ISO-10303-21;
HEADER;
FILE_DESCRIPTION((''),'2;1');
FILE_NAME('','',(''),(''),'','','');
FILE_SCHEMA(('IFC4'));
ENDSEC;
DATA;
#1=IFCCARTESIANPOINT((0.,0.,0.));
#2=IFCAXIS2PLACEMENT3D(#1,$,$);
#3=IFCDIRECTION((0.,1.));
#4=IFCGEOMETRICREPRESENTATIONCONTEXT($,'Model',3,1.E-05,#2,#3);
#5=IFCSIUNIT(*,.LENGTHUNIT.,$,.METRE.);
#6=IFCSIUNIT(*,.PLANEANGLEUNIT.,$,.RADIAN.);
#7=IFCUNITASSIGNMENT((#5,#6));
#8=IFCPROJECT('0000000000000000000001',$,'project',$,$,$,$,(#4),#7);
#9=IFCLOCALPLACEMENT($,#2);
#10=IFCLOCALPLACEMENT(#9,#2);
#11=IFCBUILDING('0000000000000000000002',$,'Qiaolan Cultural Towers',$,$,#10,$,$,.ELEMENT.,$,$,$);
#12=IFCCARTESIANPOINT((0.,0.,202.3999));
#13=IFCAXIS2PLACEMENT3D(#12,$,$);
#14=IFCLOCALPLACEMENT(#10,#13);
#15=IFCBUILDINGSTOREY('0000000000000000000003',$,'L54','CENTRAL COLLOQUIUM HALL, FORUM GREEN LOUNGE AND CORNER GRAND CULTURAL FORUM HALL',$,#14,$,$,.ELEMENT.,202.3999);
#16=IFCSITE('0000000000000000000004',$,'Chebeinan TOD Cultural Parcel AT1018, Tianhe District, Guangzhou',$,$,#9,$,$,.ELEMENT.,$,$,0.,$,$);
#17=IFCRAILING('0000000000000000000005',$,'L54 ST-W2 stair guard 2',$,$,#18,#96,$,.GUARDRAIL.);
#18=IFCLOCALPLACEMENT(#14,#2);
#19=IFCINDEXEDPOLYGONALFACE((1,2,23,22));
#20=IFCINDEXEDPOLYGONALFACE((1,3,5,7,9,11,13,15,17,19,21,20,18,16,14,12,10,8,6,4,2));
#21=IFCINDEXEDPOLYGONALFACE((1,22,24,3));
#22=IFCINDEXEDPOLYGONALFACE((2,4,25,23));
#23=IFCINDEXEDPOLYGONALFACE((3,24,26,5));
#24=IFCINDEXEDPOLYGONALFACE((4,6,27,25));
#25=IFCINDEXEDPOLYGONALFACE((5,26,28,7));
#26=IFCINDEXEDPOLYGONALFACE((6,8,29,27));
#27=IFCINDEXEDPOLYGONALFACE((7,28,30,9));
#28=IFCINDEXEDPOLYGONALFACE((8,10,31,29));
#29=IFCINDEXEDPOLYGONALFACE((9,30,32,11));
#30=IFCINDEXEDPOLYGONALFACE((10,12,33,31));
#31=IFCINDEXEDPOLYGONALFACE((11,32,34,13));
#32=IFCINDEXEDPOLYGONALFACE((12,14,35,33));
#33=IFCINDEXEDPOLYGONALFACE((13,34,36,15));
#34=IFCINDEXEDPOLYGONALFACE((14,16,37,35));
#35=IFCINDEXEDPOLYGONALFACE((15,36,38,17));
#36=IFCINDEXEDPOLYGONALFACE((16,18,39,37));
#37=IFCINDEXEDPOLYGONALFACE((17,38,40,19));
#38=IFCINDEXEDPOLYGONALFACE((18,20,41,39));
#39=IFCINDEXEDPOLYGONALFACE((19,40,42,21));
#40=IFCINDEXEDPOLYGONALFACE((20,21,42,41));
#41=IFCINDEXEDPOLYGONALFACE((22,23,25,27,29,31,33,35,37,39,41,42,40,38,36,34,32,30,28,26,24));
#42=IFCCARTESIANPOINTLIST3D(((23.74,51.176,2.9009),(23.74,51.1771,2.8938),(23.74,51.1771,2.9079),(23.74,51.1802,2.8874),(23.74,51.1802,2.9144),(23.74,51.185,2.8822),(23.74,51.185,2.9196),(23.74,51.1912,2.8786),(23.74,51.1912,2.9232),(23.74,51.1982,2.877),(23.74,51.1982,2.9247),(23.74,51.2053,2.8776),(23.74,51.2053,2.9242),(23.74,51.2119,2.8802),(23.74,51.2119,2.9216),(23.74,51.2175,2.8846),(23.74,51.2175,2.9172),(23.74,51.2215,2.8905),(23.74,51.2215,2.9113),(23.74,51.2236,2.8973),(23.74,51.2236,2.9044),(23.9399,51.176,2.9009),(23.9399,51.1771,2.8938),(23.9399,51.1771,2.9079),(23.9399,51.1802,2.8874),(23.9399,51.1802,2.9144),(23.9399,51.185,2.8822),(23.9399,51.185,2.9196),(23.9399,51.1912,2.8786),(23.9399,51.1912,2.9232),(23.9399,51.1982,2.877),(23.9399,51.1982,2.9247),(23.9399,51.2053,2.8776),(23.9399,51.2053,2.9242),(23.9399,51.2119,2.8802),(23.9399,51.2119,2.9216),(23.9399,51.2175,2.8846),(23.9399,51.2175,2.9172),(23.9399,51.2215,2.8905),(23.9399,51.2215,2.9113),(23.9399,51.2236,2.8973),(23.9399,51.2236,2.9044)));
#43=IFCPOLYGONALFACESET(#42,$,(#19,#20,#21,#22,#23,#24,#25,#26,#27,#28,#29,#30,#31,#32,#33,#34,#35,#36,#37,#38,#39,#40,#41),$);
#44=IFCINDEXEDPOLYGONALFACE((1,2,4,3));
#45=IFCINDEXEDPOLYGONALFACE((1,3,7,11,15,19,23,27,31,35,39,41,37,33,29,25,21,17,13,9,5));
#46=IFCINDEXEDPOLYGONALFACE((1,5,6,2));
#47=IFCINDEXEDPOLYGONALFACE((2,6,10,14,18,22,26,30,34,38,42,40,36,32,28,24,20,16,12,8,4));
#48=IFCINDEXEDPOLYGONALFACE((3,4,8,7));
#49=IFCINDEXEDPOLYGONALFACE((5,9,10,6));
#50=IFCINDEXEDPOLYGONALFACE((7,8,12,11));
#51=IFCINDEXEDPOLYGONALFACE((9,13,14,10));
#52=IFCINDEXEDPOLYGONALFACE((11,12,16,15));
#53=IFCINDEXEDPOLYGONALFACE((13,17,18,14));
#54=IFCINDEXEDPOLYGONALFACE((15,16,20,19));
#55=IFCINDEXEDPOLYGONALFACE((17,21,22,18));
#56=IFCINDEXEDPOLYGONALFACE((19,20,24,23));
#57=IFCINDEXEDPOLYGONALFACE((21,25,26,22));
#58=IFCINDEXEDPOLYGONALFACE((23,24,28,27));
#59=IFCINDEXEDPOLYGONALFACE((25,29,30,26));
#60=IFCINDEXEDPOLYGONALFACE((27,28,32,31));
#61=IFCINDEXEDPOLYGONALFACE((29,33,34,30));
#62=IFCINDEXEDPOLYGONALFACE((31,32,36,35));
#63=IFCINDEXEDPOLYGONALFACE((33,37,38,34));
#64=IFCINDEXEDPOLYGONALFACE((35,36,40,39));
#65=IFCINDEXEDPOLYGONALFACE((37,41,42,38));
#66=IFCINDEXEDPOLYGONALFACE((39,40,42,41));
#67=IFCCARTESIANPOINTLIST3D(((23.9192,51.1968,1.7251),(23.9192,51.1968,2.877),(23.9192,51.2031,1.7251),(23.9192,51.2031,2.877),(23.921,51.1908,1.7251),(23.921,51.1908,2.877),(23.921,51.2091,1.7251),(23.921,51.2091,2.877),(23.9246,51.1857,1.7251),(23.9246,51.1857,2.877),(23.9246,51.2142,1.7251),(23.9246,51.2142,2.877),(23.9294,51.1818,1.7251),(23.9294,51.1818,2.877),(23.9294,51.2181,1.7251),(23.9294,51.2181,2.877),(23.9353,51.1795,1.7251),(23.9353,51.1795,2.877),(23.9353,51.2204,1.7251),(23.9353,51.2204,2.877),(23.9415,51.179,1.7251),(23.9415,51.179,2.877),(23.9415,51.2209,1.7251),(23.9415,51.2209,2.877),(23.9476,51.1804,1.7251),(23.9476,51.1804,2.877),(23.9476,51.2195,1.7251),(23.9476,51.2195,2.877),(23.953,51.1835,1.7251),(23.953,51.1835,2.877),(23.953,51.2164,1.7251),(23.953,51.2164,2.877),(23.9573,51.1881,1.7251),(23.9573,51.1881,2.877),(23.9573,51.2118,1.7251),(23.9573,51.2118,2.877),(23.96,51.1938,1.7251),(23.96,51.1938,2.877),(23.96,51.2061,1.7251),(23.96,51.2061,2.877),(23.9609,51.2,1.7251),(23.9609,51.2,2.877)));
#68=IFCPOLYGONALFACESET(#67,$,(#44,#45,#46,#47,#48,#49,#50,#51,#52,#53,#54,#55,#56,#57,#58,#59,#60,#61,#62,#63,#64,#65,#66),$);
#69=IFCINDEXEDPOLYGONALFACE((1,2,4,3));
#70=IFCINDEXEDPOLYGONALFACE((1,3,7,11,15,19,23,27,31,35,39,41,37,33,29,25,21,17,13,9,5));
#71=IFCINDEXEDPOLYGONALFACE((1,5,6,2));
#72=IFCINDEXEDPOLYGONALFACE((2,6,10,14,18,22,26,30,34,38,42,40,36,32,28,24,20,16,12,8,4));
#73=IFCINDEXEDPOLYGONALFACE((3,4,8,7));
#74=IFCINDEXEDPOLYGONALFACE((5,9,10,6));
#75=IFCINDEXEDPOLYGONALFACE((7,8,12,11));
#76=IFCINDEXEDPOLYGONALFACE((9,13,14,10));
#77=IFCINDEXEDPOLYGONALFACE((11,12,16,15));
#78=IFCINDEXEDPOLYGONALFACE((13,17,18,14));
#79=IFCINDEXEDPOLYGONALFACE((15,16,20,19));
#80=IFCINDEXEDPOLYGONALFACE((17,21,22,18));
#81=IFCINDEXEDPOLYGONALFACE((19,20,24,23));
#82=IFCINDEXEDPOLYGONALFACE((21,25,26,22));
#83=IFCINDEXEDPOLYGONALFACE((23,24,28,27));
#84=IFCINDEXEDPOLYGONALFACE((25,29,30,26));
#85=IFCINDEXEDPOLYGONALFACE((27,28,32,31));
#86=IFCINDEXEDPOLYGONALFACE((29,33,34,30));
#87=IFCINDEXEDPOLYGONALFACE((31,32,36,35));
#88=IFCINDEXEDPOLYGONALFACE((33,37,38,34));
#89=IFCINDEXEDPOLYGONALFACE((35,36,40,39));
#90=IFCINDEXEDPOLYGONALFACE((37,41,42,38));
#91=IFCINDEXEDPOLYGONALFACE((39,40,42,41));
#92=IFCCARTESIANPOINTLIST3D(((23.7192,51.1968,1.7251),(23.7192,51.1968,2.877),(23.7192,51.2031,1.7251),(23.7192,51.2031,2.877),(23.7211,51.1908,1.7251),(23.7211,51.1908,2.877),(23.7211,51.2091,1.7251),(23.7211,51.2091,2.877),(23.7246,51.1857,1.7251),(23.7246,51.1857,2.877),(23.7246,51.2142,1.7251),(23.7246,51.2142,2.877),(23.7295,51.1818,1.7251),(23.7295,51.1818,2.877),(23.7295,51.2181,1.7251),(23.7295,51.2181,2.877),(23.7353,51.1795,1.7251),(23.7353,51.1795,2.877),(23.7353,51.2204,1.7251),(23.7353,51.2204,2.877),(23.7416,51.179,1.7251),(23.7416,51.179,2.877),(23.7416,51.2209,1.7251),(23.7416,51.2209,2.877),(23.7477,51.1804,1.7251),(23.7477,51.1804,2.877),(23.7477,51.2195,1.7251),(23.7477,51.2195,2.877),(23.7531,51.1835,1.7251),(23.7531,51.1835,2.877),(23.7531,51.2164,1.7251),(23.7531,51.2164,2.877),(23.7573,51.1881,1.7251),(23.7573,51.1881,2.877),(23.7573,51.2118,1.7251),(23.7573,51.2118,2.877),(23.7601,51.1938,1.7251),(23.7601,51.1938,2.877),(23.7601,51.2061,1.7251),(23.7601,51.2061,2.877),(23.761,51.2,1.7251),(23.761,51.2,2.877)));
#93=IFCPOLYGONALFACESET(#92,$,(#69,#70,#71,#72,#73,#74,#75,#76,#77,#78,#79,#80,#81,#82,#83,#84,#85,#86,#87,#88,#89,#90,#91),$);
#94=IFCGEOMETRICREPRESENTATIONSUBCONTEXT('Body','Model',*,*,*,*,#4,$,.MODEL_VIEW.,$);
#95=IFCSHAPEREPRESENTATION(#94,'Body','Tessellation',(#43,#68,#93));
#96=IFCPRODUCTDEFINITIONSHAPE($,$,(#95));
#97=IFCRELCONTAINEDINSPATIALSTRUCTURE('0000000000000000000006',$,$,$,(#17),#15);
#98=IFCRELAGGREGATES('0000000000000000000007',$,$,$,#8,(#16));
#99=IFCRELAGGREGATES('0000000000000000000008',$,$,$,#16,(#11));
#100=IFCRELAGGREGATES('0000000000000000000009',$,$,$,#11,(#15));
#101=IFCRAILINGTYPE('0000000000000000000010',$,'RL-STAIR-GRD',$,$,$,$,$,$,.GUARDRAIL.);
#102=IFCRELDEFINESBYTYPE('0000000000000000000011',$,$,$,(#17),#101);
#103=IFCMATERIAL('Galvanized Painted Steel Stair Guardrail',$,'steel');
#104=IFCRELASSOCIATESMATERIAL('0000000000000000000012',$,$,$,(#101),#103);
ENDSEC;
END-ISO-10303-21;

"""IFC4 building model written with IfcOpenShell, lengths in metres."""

from ifc_helpers import new_model, si_unit, direction, frame, origin, origin_2d, place, context, subcontext, project, spatial, circle, extrude, material, type_object, element, save


model = new_model("IFC4")

# Units and contexts
model_context = context("Model", 3, precision=1e-05, world=origin(), true_north=direction((0.0, 1.0)))
body_context = subcontext(model_context, "Body", "Model", "MODEL_VIEW")
ifc_project = project(units=[si_unit("LENGTHUNIT", "METRE"), si_unit("PLANEANGLEUNIT", "RADIAN")], contexts=[model_context])

# Site, building, storey
site_placement = place(None, origin())
site = spatial("IfcSite", under=ifc_project, at=site_placement, Name="Chebeinan TOD Cultural Parcel AT1018, Tianhe District, Guangzhou", CompositionType="ELEMENT", RefElevation=0.0)
building_placement = place(site_placement, origin())
building = spatial("IfcBuilding", under=site, at=building_placement, Name="Qiaolan Cultural Towers", CompositionType="ELEMENT")
storey_placement = place(building_placement, frame((0.0, 0.0, 202.3999)))
storey = spatial("IfcBuildingStorey", under=building, at=storey_placement, Name="L54", Description="CENTRAL COLLOQUIUM HALL, FORUM GREEN LOUNGE AND CORNER GRAND CULTURAL FORUM HALL", CompositionType="ELEMENT", Elevation=202.3999)

# Railing
ifc_material_1 = material(Name="Galvanized Painted Steel Stair Guardrail", Category="steel")
railing_type = type_object("IfcRailingType", Name="RL-STAIR-GRD", PredefinedType="GUARDRAIL", material=ifc_material_1)
railing_1_placement = place(storey_placement, frame((23.9399, 51.2, 1.7251)))
element("IfcRailing", 1, at=railing_1_placement, inside=storey, type_object=railing_type, Name="L54 ST-W2 stair guard 2", PredefinedType="GUARDRAIL", context=body_context, shape_type="SweptSolid", body=[
    extrude(circle(Radius=0.0239, at=origin_2d()), frame((0.0, 0.0, 1.1758), z_axis=(-1.0, 0.0, 0.0), x_axis=(0.0, -1.0, 0.0)), (0.0, 0.0, 1.0), 0.2),
    extrude(circle(Radius=0.021, at=origin_2d()), origin(), (0.0, 0.0, 1.0), 1.1519),
    extrude(circle(Radius=0.021, at=origin_2d()), frame((-0.2, 0.0, 0.0)), (0.0, 0.0, 1.0), 1.1519),
])

save(model, "model.ifc")
